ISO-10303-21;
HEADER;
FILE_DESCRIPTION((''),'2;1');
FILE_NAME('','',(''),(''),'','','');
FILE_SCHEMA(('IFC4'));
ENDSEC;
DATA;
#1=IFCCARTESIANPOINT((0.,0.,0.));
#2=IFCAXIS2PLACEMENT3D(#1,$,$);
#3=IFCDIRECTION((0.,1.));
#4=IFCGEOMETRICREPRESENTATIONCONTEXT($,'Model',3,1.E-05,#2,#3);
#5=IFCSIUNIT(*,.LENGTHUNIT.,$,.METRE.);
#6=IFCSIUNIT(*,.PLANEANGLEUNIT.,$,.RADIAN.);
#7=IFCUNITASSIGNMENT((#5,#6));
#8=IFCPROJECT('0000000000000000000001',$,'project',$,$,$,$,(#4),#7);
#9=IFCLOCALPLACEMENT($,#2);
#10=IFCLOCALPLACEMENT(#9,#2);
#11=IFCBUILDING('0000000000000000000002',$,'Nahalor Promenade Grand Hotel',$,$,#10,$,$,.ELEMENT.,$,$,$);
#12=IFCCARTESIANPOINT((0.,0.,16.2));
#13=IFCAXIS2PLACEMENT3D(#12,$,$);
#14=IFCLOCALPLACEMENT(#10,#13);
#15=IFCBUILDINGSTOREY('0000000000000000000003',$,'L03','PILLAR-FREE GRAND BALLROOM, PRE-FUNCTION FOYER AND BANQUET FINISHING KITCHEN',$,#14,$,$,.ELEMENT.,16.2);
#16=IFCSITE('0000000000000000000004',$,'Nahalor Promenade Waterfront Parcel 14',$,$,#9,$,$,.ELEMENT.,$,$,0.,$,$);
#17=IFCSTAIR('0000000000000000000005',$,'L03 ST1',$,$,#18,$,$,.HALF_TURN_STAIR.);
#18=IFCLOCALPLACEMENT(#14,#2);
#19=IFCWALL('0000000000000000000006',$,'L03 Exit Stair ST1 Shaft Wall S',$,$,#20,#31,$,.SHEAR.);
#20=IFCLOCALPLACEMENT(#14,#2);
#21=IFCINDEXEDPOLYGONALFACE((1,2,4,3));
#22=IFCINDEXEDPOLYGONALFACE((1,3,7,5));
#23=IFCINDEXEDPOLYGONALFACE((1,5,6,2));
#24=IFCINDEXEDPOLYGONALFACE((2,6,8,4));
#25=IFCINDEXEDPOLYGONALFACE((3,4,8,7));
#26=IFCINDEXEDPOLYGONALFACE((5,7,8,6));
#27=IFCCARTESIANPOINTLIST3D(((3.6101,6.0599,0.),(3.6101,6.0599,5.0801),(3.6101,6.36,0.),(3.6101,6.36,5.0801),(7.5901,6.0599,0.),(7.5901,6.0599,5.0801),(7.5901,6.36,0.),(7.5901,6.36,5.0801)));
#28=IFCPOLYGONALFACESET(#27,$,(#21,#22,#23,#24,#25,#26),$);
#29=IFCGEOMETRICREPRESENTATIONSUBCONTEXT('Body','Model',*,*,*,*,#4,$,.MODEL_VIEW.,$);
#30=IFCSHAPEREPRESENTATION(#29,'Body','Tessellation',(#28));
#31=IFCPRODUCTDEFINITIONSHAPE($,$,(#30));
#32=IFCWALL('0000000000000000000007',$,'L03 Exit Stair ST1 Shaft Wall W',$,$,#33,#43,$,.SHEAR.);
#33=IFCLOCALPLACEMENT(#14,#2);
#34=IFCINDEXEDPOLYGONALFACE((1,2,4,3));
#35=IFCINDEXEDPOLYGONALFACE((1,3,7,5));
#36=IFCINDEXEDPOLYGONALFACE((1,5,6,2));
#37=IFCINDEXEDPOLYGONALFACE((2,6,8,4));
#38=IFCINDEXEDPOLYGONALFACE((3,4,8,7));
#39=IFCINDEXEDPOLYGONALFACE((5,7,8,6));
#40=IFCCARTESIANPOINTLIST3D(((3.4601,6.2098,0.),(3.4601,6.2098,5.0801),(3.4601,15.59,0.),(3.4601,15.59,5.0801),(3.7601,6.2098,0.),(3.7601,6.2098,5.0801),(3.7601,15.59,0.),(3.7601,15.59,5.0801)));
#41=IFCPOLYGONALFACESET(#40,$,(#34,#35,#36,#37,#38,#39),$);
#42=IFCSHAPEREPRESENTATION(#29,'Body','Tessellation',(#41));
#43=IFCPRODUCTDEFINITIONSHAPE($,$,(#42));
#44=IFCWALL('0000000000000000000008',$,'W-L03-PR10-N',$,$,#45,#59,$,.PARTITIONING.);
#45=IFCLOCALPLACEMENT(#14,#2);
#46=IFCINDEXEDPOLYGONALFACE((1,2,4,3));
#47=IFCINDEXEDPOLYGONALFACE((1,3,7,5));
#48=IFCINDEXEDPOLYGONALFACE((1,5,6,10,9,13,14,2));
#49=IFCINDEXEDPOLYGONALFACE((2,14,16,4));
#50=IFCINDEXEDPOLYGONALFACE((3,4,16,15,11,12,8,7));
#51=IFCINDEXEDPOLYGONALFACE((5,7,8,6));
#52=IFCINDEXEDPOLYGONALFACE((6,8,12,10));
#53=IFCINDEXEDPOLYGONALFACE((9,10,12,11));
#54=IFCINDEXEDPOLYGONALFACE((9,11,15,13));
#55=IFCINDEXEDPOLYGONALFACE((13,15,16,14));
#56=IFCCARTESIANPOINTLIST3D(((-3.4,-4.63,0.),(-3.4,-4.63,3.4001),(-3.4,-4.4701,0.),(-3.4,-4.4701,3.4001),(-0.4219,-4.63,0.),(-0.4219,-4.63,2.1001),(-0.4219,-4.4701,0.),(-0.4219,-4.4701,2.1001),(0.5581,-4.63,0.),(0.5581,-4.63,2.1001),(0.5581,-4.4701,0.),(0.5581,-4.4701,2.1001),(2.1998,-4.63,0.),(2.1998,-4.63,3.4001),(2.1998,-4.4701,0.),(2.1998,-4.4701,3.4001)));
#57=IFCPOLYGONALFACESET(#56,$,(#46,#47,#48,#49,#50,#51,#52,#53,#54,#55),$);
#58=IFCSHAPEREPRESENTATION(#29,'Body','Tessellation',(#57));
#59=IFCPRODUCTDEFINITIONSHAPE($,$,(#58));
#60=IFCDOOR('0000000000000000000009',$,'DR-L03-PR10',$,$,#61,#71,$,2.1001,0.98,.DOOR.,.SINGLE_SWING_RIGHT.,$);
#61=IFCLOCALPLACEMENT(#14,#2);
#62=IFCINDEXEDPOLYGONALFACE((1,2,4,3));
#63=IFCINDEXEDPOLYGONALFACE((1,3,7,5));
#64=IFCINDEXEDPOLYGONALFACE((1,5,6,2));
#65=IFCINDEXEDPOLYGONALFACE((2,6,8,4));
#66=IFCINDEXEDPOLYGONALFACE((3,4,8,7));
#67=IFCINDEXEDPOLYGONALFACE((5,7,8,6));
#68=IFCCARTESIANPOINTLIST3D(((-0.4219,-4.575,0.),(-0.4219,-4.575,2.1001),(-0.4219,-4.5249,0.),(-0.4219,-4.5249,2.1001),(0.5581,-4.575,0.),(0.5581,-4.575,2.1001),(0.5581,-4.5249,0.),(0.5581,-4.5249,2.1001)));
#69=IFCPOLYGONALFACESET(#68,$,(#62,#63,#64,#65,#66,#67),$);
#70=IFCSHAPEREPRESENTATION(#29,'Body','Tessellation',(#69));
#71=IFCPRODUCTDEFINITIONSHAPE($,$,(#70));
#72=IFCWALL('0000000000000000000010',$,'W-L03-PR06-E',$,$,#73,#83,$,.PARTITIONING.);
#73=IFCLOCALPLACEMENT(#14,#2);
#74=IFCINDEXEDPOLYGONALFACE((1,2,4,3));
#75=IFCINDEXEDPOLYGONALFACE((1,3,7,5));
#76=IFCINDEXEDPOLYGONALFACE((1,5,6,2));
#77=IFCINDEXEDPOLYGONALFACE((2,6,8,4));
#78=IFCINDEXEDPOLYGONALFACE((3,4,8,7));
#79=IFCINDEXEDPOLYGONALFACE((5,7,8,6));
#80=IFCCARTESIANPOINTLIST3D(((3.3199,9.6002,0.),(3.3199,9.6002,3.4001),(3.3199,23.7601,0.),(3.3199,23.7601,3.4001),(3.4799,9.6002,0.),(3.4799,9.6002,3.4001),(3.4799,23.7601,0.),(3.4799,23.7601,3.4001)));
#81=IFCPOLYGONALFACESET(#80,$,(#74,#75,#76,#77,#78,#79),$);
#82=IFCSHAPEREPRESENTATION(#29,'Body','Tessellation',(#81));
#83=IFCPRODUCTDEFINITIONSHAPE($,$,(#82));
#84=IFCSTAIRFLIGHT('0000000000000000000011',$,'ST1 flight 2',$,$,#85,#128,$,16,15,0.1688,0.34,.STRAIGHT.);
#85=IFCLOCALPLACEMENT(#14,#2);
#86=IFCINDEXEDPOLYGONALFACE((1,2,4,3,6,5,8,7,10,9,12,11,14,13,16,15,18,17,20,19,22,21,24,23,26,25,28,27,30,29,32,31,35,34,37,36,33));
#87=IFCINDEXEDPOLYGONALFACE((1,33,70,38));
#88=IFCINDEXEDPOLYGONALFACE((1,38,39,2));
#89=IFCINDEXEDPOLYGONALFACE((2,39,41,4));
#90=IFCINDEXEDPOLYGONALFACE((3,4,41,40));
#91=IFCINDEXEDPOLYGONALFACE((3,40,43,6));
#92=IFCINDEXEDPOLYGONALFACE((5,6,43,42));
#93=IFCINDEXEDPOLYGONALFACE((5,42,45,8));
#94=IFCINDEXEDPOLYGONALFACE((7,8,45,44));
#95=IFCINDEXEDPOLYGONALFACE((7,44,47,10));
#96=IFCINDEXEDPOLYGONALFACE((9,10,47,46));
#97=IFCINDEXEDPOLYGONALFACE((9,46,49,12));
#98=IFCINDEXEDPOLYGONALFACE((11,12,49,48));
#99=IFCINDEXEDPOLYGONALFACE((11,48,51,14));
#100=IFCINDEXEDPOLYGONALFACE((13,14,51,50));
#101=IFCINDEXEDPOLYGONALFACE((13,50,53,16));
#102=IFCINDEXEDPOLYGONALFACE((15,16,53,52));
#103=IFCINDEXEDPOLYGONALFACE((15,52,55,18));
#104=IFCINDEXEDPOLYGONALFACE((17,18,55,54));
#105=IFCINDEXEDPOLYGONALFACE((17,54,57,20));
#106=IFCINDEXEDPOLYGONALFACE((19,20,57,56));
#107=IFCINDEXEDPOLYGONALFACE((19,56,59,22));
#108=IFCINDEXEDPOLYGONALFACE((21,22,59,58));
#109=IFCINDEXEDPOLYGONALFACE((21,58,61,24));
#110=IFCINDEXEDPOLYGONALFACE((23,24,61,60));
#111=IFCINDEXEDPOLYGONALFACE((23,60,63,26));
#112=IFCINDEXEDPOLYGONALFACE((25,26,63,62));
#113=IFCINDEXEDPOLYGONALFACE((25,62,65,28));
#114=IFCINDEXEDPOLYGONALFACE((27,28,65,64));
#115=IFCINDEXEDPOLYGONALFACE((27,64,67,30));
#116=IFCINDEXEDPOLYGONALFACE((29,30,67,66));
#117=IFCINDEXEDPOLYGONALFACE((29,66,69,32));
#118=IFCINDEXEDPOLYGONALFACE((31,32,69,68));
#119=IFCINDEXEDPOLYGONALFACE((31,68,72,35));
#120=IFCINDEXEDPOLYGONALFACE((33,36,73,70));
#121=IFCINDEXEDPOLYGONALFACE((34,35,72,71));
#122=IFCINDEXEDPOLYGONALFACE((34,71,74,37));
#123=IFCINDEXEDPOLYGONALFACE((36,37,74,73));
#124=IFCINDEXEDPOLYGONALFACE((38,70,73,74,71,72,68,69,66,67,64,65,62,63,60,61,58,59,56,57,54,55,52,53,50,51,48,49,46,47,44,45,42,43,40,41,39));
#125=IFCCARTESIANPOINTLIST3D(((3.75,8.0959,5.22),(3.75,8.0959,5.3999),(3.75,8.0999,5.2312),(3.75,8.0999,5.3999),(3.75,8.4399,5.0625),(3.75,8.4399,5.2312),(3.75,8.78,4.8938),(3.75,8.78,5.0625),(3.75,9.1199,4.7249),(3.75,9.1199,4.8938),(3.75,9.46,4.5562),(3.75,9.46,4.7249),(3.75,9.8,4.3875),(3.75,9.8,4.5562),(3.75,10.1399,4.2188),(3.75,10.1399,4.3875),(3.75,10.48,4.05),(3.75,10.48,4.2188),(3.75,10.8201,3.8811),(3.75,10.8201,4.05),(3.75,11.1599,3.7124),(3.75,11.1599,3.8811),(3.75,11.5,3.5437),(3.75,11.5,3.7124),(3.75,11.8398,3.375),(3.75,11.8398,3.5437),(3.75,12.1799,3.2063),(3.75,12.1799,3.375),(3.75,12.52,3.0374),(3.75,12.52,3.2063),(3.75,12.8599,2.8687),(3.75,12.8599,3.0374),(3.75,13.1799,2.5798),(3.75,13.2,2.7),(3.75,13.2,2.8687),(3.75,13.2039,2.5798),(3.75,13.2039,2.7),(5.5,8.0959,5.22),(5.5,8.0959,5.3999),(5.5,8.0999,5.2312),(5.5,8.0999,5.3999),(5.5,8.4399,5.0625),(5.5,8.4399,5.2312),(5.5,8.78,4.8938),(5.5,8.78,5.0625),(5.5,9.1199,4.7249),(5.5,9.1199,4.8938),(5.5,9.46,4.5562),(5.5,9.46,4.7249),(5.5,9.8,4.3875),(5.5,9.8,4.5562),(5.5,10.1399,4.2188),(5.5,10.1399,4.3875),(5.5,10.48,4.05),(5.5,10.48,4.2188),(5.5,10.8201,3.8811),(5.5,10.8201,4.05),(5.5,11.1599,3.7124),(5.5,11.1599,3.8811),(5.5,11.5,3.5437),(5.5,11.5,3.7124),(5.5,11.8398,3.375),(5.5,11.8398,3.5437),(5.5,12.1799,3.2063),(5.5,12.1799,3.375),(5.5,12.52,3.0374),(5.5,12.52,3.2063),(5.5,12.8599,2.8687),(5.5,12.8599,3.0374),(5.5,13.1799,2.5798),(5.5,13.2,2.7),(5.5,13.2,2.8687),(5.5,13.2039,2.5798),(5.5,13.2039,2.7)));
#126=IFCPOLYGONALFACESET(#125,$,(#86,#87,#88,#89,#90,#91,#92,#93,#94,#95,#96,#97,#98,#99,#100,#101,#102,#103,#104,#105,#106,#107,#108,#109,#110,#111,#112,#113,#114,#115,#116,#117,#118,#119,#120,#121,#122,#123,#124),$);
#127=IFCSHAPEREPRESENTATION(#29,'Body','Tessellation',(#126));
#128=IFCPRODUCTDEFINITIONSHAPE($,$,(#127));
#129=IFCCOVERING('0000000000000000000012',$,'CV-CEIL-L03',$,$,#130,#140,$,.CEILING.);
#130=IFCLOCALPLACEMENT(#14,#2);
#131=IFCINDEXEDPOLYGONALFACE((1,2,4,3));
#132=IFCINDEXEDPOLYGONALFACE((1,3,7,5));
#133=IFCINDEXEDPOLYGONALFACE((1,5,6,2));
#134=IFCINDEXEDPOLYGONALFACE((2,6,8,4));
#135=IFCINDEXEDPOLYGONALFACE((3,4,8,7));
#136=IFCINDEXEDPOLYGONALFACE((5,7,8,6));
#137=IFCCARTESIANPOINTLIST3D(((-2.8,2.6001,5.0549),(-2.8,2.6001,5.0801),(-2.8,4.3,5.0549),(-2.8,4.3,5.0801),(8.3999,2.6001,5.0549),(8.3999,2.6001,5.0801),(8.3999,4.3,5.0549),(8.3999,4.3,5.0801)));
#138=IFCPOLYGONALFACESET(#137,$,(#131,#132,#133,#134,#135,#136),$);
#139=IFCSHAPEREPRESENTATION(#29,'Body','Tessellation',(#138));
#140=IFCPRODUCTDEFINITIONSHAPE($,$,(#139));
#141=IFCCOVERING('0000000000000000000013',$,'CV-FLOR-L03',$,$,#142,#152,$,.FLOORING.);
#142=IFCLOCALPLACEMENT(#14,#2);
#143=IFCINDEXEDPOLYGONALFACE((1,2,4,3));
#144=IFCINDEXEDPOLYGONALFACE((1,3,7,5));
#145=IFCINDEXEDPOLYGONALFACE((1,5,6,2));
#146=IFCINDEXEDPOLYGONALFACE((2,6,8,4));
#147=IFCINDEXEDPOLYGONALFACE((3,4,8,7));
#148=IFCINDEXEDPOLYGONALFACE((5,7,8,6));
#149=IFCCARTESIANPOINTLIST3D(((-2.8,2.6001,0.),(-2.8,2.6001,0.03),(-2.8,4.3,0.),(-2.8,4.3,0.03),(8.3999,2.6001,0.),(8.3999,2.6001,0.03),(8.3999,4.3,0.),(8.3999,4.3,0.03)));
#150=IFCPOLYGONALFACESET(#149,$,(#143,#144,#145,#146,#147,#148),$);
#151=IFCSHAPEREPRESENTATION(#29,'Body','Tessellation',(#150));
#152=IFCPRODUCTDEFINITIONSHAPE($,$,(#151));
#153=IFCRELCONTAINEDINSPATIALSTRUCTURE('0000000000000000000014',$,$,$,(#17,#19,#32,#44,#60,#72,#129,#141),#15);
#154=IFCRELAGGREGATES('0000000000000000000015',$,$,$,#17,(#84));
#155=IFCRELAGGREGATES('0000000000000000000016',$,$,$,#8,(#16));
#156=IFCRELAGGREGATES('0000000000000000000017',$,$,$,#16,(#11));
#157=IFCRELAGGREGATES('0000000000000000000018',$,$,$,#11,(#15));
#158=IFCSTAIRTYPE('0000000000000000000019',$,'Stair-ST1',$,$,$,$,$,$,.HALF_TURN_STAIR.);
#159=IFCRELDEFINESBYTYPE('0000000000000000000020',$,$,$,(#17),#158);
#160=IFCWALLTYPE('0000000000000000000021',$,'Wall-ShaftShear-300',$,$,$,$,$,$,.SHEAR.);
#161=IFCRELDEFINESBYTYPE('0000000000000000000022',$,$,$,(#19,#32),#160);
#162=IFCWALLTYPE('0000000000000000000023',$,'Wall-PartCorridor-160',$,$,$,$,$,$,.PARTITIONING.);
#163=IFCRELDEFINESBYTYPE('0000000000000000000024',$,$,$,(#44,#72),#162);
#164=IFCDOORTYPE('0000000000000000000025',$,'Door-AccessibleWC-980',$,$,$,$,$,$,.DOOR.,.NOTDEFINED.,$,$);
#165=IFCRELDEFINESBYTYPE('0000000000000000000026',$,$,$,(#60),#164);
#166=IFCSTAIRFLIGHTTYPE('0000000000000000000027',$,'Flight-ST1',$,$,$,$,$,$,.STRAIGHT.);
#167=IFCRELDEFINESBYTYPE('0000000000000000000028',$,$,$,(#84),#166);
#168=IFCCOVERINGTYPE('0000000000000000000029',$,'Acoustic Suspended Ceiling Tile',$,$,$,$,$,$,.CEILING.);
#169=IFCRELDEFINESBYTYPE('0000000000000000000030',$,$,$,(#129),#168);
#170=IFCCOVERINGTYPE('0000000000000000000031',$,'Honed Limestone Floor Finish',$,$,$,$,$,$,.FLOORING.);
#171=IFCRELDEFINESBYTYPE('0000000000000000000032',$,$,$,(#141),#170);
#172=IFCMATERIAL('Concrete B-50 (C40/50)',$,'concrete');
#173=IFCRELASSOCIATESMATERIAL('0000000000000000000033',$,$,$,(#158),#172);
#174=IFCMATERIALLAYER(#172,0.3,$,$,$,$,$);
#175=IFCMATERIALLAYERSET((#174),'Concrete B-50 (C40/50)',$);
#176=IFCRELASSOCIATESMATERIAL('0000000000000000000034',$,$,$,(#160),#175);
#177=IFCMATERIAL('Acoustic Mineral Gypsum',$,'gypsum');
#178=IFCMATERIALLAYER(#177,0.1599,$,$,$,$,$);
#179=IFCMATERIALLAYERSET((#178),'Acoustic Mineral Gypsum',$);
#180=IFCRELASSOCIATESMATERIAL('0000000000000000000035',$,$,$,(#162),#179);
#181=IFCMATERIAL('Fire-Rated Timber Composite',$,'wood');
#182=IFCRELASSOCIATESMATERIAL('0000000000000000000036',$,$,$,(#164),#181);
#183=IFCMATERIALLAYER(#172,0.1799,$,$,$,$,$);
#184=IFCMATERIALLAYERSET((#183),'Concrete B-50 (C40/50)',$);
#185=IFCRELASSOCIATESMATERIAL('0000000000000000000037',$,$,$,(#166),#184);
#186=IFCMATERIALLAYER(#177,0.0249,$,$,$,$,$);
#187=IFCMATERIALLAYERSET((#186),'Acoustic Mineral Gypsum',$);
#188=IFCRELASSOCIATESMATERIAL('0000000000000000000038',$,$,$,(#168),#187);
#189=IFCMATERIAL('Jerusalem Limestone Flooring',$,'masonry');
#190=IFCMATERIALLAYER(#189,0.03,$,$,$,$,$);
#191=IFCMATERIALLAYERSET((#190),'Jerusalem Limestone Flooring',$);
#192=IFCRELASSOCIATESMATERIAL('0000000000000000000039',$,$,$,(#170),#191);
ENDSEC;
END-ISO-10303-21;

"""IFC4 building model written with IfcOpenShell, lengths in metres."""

from ifc_helpers import new_model, si_unit, direction, frame, frame_2d, origin, place, context, subcontext, project, spatial, polyline, rectangle, outline, extrude, source, transform, mapped, material, layer, layer_set, type_object, element, fill, aggregate, save


model = new_model("IFC4")

# Units and contexts
model_context = context("Model", 3, precision=1e-05, world=origin(), true_north=direction((0.0, 1.0)))
body_context = subcontext(model_context, "Body", "Model", "MODEL_VIEW")
ifc_project = project(units=[si_unit("LENGTHUNIT", "METRE"), si_unit("PLANEANGLEUNIT", "RADIAN")], contexts=[model_context])

# Site, building, storey
site_placement = place(None, origin())
site = spatial("IfcSite", under=ifc_project, at=site_placement, Name="Nahalor Promenade Waterfront Parcel 14", CompositionType="ELEMENT", RefElevation=0.0)
building_placement = place(site_placement, origin())
building = spatial("IfcBuilding", under=site, at=building_placement, Name="Nahalor Promenade Grand Hotel", CompositionType="ELEMENT")
storey_placement = place(building_placement, frame((0.0, 0.0, 16.2)))
storey = spatial("IfcBuildingStorey", under=building, at=storey_placement, Name="L03", Description="PILLAR-FREE GRAND BALLROOM, PRE-FUNCTION FOYER AND BANQUET FINISHING KITCHEN", CompositionType="ELEMENT", Elevation=16.2)

# Stair
ifc_material_1 = material(Name="Concrete B-50 (C40/50)", Category="concrete")
stair_type_1 = type_object("IfcStairType", Name="Stair-ST1", PredefinedType="HALF_TURN_STAIR", material=ifc_material_1)
stair_1_placement = place(storey_placement, origin())
stair_1 = element("IfcStair", 1, at=stair_1_placement, inside=storey, type_object=stair_type_1, Name="L03 ST1", PredefinedType="HALF_TURN_STAIR")

# Walls
ifc_layer_1 = layer(ifc_material_1, 0.3)
ifc_layer_set_1 = layer_set([ifc_layer_1], Name="Concrete B-50 (C40/50)")
wall_type_1 = type_object("IfcWallType", Name="Wall-ShaftShear-300", PredefinedType="SHEAR", material=ifc_layer_set_1)
shared_shape_1 = source(origin(), body_context, "Body", "SweptSolid", [
    extrude(rectangle(XDim=3.98, YDim=0.3, at=frame_2d((1.99, 0.0))), origin(), (0.0, 0.0, 1.0), 5.0801),
])
wall_1_placement = place(storey_placement, frame((3.6101, 6.21, 0.0), z_axis=(0.0, 0.0, 1.0), x_axis=(1.0, 0.0, 0.0)))
element("IfcWall", 2, at=wall_1_placement, inside=storey, type_object=wall_type_1, Name="L03 Exit Stair ST1 Shaft Wall S", PredefinedType="SHEAR", context=body_context, shape_type="MappedRepresentation", body=[
    mapped(shared_shape_1, transform((0.0, 0.0, 0.0), scale=1.0)),
])
shared_shape_2 = source(origin(), body_context, "Body", "SweptSolid", [
    extrude(rectangle(XDim=9.3801, YDim=0.3, at=frame_2d((4.6899, 0.0))), origin(), (0.0, 0.0, 1.0), 5.0801),
])
wall_2_placement = place(storey_placement, frame((3.6101, 6.21, 0.0), z_axis=(0.0, 0.0, 1.0), x_axis=(0.0, 1.0, 0.0)))
element("IfcWall", 3, at=wall_2_placement, inside=storey, type_object=wall_type_1, Name="L03 Exit Stair ST1 Shaft Wall W", PredefinedType="SHEAR", context=body_context, shape_type="MappedRepresentation", body=[
    mapped(shared_shape_2, transform((0.0, 0.0, 0.0), scale=1.0)),
])

# Wall, opening, door
ifc_material_2 = material(Name="Acoustic Mineral Gypsum", Category="gypsum")
ifc_layer_2 = layer(ifc_material_2, 0.1599)
ifc_layer_set_2 = layer_set([ifc_layer_2], Name="Acoustic Mineral Gypsum")
wall_type_2 = type_object("IfcWallType", Name="Wall-PartCorridor-160", PredefinedType="PARTITIONING", material=ifc_layer_set_2)
shared_shape_3 = source(origin(), body_context, "Body", "SweptSolid", [
    extrude(rectangle(XDim=5.5999, YDim=0.1599, at=frame_2d((2.7998, 0.0))), origin(), (0.0, 0.0, 1.0), 3.4001),
])
wall_3_placement = place(storey_placement, frame((-3.3999, -4.55, 0.0), z_axis=(0.0, 0.0, 1.0), x_axis=(1.0, 0.0, 0.0)))
wall_3 = element("IfcWall", 4, at=wall_3_placement, inside=storey, type_object=wall_type_2, Name="W-L03-PR10-N", PredefinedType="PARTITIONING", context=body_context, shape_type="MappedRepresentation", body=[
    mapped(shared_shape_3, transform((0.0, 0.0, 0.0), scale=1.0)),
])
opening_placement = place(wall_3_placement, frame((2.978, 0.0, 0.0)))
opening = element("IfcOpeningElement", 5, at=opening_placement, cuts=wall_3, PredefinedType="OPENING", context=body_context, shape_type="SweptSolid", body=[
    extrude(rectangle(XDim=0.98, YDim=2.1001, at=frame_2d((0.49, 1.05))), frame((0.0, 0.0898, 0.0), z_axis=(0.0, -1.0, 0.0), x_axis=(1.0, 0.0, 0.0)), (0.0, 0.0, 1.0), 0.1799),
])
ifc_material_3 = material(Name="Fire-Rated Timber Composite", Category="wood")
door_type = type_object("IfcDoorType", Name="Door-AccessibleWC-980", OperationType="NOTDEFINED", PredefinedType="DOOR", material=ifc_material_3)
shared_shape_4 = source(origin(), body_context, "Body", "SweptSolid", [
    extrude(rectangle(XDim=0.98, YDim=2.1001, at=frame_2d((0.49, 1.05))), frame((0.0, 0.0249, 0.0), z_axis=(0.0, -1.0, 0.0), x_axis=(1.0, 0.0, 0.0)), (0.0, 0.0, 1.0), 0.05),
])
door_placement = place(opening_placement, frame((0.98, 0.0, 0.0), z_axis=(0.0, 0.0, 1.0), x_axis=(-1.0, 0.0, 0.0)))
door = element("IfcDoor", 6, at=door_placement, inside=storey, type_object=door_type, Name="DR-L03-PR10", OperationType="SINGLE_SWING_RIGHT", OverallHeight=2.1001, OverallWidth=0.98, PredefinedType="DOOR", context=body_context, shape_type="MappedRepresentation", body=[
    mapped(shared_shape_4, transform((0.0, 0.0, 0.0), scale=1.0)),
])
fill(opening, door)

# Wall
shared_shape_5 = source(origin(), body_context, "Body", "SweptSolid", [
    extrude(rectangle(XDim=14.1599, YDim=0.1599, at=frame_2d((7.0801, 0.0))), origin(), (0.0, 0.0, 1.0), 3.4001),
])
wall_4_placement = place(storey_placement, frame((3.3999, 9.6001, 0.0), z_axis=(0.0, 0.0, 1.0), x_axis=(0.0, 1.0, 0.0)))
element("IfcWall", 7, at=wall_4_placement, inside=storey, type_object=wall_type_2, Name="W-L03-PR06-E", PredefinedType="PARTITIONING", context=body_context, shape_type="MappedRepresentation", body=[
    mapped(shared_shape_5, transform((0.0, 0.0, 0.0), scale=1.0)),
])

# Stair flight
ifc_layer_3 = layer(ifc_material_1, 0.1799)
ifc_layer_set_3 = layer_set([ifc_layer_3], Name="Concrete B-50 (C40/50)")
stair_flight_type = type_object("IfcStairFlightType", Name="Flight-ST1", PredefinedType="STRAIGHT", material=ifc_layer_set_3)
shared_shape_6 = source(origin(), body_context, "Body", "SweptSolid", [
    extrude(outline(polyline([(-0.0039, -0.1201), (-0.0039, 0.0), (0.0, 0.0), (0.0, 0.1687), (0.3401, 0.1687), (0.3401, 0.3374), (0.6799, 0.3374), (0.6799, 0.5063), (1.02, 0.5063), (1.02, 0.675), (1.3601, 0.675), (1.3601, 0.8438), (1.7, 0.8438), (1.7, 1.0125), (2.04, 1.0125), (2.04, 1.1812), (2.3799, 1.1812), (2.3799, 1.3501), (2.72, 1.3501), (2.72, 1.5188), (3.0601, 1.5188), (3.0601, 1.6875), (3.3999, 1.6875), (3.3999, 1.8562), (3.74, 1.8562), (3.74, 2.0249), (4.0801, 2.0249), (4.0801, 2.1938), (4.4199, 2.1938), (4.4199, 2.3625), (4.76, 2.3625), (4.76, 2.5312), (5.1001, 2.5312), (5.1001, 2.7), (5.104, 2.7), (5.104, 2.52), (0.02, -0.1201), (-0.0039, -0.1201)])), frame((0.0, 0.875, 0.0), z_axis=(0.0, -1.0, 0.0), x_axis=(1.0, 0.0, 0.0)), (0.0, 0.0, 1.0), 1.75),
])
stair_flight_placement = place(storey_placement, frame((4.625, 13.2, 2.7), z_axis=(0.0, 0.0, 1.0), x_axis=(0.0, -1.0, 0.0)))
stair_flight = element("IfcStairFlight", 8, at=stair_flight_placement, type_object=stair_flight_type, Name="ST1 flight 2", NumberOfRisers=16, NumberOfTreads=15, PredefinedType="STRAIGHT", RiserHeight=0.1688, TreadLength=0.34, context=body_context, shape_type="MappedRepresentation", body=[
    mapped(shared_shape_6, transform((0.0, 0.0, 0.0), scale=1.0)),
])
aggregate(stair_1, [stair_flight])

# Coverings
ifc_layer_4 = layer(ifc_material_2, 0.0249)
ifc_layer_set_4 = layer_set([ifc_layer_4], Name="Acoustic Mineral Gypsum")
covering_type_1 = type_object("IfcCoveringType", Name="Acoustic Suspended Ceiling Tile", PredefinedType="CEILING", material=ifc_layer_set_4)
covering_1_placement = place(storey_placement, frame((0.0, 0.0, 5.0549)))
element("IfcCovering", 9, at=covering_1_placement, inside=storey, type_object=covering_type_1, Name="CV-CEIL-L03", PredefinedType="CEILING", context=body_context, shape_type="SweptSolid", body=[
    extrude(outline(polyline([(-2.8, 2.6001), (8.3999, 2.6001), (8.3999, 4.3), (-2.8, 4.3), (-2.8, 2.6001)])), origin(), (0.0, 0.0, 1.0), 0.0251),
])
ifc_material_4 = material(Name="Jerusalem Limestone Flooring", Category="masonry")
ifc_layer_5 = layer(ifc_material_4, 0.03)
ifc_layer_set_5 = layer_set([ifc_layer_5], Name="Jerusalem Limestone Flooring")
covering_type_2 = type_object("IfcCoveringType", Name="Honed Limestone Floor Finish", PredefinedType="FLOORING", material=ifc_layer_set_5)
covering_2_placement = place(storey_placement, origin())
element("IfcCovering", 10, at=covering_2_placement, inside=storey, type_object=covering_type_2, Name="CV-FLOR-L03", PredefinedType="FLOORING", context=body_context, shape_type="SweptSolid", body=[
    extrude(outline(polyline([(-2.8, 2.6001), (8.3999, 2.6001), (8.3999, 4.3), (-2.8, 4.3), (-2.8, 2.6001)])), origin(), (0.0, 0.0, 1.0), 0.03),
])

save(model, "model.ifc")
